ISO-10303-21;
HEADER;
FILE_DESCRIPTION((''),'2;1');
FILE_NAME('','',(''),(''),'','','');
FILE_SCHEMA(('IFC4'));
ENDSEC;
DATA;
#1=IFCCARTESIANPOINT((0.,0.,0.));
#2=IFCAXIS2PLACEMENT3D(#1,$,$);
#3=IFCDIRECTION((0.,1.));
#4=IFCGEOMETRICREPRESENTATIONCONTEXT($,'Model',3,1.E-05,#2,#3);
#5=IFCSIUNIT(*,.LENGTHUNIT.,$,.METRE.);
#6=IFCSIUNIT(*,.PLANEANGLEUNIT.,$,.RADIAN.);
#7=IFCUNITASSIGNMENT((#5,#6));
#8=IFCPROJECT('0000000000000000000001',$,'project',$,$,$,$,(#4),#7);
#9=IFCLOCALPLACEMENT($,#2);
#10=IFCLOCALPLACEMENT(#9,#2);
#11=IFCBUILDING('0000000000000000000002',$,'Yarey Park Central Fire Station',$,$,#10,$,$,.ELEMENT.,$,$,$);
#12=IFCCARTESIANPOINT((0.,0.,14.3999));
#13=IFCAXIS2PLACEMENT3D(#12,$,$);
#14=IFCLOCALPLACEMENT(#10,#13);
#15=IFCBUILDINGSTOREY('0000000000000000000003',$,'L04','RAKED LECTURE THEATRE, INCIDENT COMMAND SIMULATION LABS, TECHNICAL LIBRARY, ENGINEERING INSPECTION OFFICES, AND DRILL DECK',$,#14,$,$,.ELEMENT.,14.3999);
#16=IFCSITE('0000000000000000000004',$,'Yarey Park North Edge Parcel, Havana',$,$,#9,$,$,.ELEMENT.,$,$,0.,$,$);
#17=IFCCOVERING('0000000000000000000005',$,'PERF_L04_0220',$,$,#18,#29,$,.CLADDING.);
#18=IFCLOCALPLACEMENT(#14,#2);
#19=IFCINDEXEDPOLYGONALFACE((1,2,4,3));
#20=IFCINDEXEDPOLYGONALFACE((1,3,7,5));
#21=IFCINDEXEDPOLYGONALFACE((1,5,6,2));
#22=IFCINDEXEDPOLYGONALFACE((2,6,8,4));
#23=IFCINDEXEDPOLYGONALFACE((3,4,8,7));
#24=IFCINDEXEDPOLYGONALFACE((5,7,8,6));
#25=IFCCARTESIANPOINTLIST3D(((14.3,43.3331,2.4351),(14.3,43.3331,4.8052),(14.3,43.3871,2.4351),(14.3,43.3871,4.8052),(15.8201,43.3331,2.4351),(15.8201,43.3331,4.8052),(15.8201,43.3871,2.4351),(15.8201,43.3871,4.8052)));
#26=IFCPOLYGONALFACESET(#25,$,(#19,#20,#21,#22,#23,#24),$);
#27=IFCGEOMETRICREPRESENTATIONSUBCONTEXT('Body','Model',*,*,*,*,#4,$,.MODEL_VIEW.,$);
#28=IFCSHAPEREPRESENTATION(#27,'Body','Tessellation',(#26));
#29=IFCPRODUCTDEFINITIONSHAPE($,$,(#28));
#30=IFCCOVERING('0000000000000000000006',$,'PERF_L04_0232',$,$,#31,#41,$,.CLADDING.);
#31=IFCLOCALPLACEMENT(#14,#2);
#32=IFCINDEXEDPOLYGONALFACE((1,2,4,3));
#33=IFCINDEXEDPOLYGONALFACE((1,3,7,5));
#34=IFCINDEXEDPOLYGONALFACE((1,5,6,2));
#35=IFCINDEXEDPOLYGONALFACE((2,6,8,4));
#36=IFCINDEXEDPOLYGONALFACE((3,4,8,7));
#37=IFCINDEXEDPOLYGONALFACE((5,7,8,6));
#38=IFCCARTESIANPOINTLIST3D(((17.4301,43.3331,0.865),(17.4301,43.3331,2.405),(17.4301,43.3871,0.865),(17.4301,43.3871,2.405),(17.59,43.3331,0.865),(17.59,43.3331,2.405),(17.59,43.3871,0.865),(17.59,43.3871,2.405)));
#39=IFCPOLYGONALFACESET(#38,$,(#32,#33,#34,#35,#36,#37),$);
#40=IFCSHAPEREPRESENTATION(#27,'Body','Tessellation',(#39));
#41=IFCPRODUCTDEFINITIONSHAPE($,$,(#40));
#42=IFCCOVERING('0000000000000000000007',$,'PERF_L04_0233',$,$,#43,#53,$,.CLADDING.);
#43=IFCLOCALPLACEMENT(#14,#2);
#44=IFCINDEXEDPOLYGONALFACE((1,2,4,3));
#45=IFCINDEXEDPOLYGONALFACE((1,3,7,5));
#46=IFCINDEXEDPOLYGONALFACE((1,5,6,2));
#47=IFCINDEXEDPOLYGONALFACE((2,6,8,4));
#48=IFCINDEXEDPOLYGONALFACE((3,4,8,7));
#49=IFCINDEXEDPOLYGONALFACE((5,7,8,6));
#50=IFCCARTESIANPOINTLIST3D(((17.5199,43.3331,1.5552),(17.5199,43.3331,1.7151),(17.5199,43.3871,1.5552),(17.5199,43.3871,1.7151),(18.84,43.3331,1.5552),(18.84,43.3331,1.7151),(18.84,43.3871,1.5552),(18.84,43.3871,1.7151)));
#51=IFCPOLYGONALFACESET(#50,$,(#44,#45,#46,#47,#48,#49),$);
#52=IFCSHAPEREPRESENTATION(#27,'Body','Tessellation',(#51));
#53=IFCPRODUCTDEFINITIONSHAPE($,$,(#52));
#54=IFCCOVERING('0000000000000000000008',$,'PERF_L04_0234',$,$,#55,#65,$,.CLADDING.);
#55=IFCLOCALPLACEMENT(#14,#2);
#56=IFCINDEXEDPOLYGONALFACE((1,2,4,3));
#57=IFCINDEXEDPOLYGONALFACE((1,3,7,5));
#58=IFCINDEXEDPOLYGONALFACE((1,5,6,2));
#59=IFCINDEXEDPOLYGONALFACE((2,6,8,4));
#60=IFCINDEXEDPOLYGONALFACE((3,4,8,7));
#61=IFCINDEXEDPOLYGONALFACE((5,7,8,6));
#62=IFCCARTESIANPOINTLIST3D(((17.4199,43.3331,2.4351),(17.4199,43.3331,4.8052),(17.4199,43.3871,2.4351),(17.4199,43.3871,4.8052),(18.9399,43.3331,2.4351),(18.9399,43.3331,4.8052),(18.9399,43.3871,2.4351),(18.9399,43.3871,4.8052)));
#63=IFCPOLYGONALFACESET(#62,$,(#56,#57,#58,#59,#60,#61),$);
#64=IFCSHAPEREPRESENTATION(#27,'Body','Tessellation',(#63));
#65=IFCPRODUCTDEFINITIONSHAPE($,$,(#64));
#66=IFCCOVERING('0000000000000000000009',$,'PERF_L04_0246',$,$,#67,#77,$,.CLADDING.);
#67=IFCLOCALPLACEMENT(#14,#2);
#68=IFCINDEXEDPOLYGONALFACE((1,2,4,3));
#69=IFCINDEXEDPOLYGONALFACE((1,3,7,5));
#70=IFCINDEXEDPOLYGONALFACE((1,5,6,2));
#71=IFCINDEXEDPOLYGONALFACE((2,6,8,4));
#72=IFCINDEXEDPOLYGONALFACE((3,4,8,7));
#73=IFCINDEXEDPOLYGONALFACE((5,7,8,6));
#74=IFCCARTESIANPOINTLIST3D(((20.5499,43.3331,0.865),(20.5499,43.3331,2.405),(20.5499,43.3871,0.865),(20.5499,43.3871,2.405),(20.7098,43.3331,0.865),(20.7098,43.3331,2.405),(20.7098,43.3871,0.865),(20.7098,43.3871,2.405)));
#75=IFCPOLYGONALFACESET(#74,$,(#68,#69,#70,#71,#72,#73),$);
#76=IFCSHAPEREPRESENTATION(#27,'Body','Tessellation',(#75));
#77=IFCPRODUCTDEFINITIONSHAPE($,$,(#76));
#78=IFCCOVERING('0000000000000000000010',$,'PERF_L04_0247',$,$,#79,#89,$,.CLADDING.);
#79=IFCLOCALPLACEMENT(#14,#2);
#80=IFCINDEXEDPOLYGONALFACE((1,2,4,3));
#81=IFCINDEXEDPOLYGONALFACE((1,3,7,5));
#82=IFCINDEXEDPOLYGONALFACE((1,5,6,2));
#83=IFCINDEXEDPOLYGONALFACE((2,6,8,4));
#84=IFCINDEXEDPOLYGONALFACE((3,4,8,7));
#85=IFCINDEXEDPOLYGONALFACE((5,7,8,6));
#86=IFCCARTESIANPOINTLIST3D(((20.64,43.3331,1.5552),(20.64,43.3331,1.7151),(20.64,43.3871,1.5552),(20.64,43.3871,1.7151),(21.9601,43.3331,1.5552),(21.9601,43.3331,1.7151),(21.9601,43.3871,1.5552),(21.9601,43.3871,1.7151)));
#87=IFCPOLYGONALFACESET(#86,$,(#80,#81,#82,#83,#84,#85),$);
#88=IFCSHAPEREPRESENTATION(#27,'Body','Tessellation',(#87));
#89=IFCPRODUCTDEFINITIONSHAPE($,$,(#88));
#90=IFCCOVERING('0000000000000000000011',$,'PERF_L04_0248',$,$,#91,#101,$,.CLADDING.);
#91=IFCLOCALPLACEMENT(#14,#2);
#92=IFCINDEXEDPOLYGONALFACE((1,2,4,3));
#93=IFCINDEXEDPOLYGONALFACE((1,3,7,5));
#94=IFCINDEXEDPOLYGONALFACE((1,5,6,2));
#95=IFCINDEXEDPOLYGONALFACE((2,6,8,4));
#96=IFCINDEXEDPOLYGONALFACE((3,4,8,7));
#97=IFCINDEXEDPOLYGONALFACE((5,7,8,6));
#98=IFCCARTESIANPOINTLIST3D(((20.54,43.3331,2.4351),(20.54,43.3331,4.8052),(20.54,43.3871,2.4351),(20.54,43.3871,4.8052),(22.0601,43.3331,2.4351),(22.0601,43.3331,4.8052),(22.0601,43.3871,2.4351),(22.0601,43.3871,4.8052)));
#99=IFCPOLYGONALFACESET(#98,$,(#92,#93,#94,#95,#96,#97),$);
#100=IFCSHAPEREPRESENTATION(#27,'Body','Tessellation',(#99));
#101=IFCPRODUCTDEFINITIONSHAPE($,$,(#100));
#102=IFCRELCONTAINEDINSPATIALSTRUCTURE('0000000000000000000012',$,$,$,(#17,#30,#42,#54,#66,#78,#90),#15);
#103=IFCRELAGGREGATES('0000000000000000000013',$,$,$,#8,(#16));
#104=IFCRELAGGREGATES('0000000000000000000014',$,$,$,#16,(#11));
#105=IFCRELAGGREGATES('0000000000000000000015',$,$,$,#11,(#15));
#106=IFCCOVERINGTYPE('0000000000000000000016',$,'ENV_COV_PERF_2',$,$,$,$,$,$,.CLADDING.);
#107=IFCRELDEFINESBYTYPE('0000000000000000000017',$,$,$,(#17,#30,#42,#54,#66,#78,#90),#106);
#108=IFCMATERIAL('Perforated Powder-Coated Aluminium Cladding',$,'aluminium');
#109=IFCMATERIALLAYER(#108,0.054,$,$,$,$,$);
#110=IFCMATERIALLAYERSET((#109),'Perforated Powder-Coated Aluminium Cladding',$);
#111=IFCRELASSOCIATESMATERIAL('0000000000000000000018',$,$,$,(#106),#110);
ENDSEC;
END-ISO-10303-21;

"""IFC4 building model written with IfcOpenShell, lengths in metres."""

from ifc_helpers import new_model, si_unit, direction, frame, origin, origin_2d, place, context, subcontext, project, spatial, rectangle, extrude, material, layer, layer_set, type_object, element, save


model = new_model("IFC4")

# Units and contexts
model_context = context("Model", 3, precision=1e-05, world=origin(), true_north=direction((0.0, 1.0)))
body_context = subcontext(model_context, "Body", "Model", "MODEL_VIEW")
ifc_project = project(units=[si_unit("LENGTHUNIT", "METRE"), si_unit("PLANEANGLEUNIT", "RADIAN")], contexts=[model_context])

# Site, building, storey
site_placement = place(None, origin())
site = spatial("IfcSite", under=ifc_project, at=site_placement, Name="Yarey Park North Edge Parcel, Havana", CompositionType="ELEMENT", RefElevation=0.0)
building_placement = place(site_placement, origin())
building = spatial("IfcBuilding", under=site, at=building_placement, Name="Yarey Park Central Fire Station", CompositionType="ELEMENT")
storey_placement = place(building_placement, frame((0.0, 0.0, 14.3999)))
storey = spatial("IfcBuildingStorey", under=building, at=storey_placement, Name="L04", Description="RAKED LECTURE THEATRE, INCIDENT COMMAND SIMULATION LABS, TECHNICAL LIBRARY, ENGINEERING INSPECTION OFFICES, AND DRILL DECK", CompositionType="ELEMENT", Elevation=14.3999)

# Coverings
ifc_material = material(Name="Perforated Powder-Coated Aluminium Cladding", Category="aluminium")
ifc_layer_1 = layer(ifc_material, 0.054)
ifc_layer_set_1 = layer_set([ifc_layer_1], Name="Perforated Powder-Coated Aluminium Cladding")
covering_type_1 = type_object("IfcCoveringType", Name="ENV_COV_PERF_2", PredefinedType="CLADDING", material=ifc_layer_set_1)
covering_1_placement = place(storey_placement, frame((15.0601, 43.3601, 2.4351), z_axis=(0.0, 0.0, 1.0), x_axis=(1.0, 0.0, 0.0)))
element("IfcCovering", 1, at=covering_1_placement, inside=storey, type_object=covering_type_1, Name="PERF_L04_0220", PredefinedType="CLADDING", context=body_context, shape_type="SweptSolid", body=[
    extrude(rectangle(XDim=1.52, YDim=0.054, at=origin_2d()), origin(), (0.0, 0.0, 1.0), 2.3701),
])
covering_2_placement = place(storey_placement, frame((17.51, 43.3601, 0.865), z_axis=(0.0, 0.0, 1.0), x_axis=(1.0, 0.0, 0.0)))
element("IfcCovering", 2, at=covering_2_placement, inside=storey, type_object=covering_type_1, Name="PERF_L04_0232", PredefinedType="CLADDING", context=body_context, shape_type="SweptSolid", body=[
    extrude(rectangle(XDim=0.1599, YDim=0.054, at=origin_2d()), origin(), (0.0, 0.0, 1.0), 1.54),
])
covering_3_placement = place(storey_placement, frame((18.1799, 43.3601, 1.5552), z_axis=(0.0, 0.0, 1.0), x_axis=(1.0, 0.0, 0.0)))
element("IfcCovering", 3, at=covering_3_placement, inside=storey, type_object=covering_type_1, Name="PERF_L04_0233", PredefinedType="CLADDING", context=body_context, shape_type="SweptSolid", body=[
    extrude(rectangle(XDim=1.3201, YDim=0.054, at=origin_2d()), origin(), (0.0, 0.0, 1.0), 0.1599),
])
covering_4_placement = place(storey_placement, frame((18.1799, 43.3601, 2.4351), z_axis=(0.0, 0.0, 1.0), x_axis=(1.0, 0.0, 0.0)))
element("IfcCovering", 4, at=covering_4_placement, inside=storey, type_object=covering_type_1, Name="PERF_L04_0234", PredefinedType="CLADDING", context=body_context, shape_type="SweptSolid", body=[
    extrude(rectangle(XDim=1.52, YDim=0.054, at=origin_2d()), origin(), (0.0, 0.0, 1.0), 2.3701),
])
covering_5_placement = place(storey_placement, frame((20.6299, 43.3601, 0.865), z_axis=(0.0, 0.0, 1.0), x_axis=(1.0, 0.0, 0.0)))
element("IfcCovering", 5, at=covering_5_placement, inside=storey, type_object=covering_type_1, Name="PERF_L04_0246", PredefinedType="CLADDING", context=body_context, shape_type="SweptSolid", body=[
    extrude(rectangle(XDim=0.1599, YDim=0.054, at=origin_2d()), origin(), (0.0, 0.0, 1.0), 1.54),
])
covering_6_placement = place(storey_placement, frame((21.3, 43.3601, 1.5552), z_axis=(0.0, 0.0, 1.0), x_axis=(1.0, 0.0, 0.0)))
element("IfcCovering", 6, at=covering_6_placement, inside=storey, type_object=covering_type_1, Name="PERF_L04_0247", PredefinedType="CLADDING", context=body_context, shape_type="SweptSolid", body=[
    extrude(rectangle(XDim=1.3201, YDim=0.054, at=origin_2d()), origin(), (0.0, 0.0, 1.0), 0.1599),
])
covering_7_placement = place(storey_placement, frame((21.3, 43.3601, 2.4351), z_axis=(0.0, 0.0, 1.0), x_axis=(1.0, 0.0, 0.0)))
element("IfcCovering", 7, at=covering_7_placement, inside=storey, type_object=covering_type_1, Name="PERF_L04_0248", PredefinedType="CLADDING", context=body_context, shape_type="SweptSolid", body=[
    extrude(rectangle(XDim=1.52, YDim=0.054, at=origin_2d()), origin(), (0.0, 0.0, 1.0), 2.3701),
])

save(model, "model.ifc")
